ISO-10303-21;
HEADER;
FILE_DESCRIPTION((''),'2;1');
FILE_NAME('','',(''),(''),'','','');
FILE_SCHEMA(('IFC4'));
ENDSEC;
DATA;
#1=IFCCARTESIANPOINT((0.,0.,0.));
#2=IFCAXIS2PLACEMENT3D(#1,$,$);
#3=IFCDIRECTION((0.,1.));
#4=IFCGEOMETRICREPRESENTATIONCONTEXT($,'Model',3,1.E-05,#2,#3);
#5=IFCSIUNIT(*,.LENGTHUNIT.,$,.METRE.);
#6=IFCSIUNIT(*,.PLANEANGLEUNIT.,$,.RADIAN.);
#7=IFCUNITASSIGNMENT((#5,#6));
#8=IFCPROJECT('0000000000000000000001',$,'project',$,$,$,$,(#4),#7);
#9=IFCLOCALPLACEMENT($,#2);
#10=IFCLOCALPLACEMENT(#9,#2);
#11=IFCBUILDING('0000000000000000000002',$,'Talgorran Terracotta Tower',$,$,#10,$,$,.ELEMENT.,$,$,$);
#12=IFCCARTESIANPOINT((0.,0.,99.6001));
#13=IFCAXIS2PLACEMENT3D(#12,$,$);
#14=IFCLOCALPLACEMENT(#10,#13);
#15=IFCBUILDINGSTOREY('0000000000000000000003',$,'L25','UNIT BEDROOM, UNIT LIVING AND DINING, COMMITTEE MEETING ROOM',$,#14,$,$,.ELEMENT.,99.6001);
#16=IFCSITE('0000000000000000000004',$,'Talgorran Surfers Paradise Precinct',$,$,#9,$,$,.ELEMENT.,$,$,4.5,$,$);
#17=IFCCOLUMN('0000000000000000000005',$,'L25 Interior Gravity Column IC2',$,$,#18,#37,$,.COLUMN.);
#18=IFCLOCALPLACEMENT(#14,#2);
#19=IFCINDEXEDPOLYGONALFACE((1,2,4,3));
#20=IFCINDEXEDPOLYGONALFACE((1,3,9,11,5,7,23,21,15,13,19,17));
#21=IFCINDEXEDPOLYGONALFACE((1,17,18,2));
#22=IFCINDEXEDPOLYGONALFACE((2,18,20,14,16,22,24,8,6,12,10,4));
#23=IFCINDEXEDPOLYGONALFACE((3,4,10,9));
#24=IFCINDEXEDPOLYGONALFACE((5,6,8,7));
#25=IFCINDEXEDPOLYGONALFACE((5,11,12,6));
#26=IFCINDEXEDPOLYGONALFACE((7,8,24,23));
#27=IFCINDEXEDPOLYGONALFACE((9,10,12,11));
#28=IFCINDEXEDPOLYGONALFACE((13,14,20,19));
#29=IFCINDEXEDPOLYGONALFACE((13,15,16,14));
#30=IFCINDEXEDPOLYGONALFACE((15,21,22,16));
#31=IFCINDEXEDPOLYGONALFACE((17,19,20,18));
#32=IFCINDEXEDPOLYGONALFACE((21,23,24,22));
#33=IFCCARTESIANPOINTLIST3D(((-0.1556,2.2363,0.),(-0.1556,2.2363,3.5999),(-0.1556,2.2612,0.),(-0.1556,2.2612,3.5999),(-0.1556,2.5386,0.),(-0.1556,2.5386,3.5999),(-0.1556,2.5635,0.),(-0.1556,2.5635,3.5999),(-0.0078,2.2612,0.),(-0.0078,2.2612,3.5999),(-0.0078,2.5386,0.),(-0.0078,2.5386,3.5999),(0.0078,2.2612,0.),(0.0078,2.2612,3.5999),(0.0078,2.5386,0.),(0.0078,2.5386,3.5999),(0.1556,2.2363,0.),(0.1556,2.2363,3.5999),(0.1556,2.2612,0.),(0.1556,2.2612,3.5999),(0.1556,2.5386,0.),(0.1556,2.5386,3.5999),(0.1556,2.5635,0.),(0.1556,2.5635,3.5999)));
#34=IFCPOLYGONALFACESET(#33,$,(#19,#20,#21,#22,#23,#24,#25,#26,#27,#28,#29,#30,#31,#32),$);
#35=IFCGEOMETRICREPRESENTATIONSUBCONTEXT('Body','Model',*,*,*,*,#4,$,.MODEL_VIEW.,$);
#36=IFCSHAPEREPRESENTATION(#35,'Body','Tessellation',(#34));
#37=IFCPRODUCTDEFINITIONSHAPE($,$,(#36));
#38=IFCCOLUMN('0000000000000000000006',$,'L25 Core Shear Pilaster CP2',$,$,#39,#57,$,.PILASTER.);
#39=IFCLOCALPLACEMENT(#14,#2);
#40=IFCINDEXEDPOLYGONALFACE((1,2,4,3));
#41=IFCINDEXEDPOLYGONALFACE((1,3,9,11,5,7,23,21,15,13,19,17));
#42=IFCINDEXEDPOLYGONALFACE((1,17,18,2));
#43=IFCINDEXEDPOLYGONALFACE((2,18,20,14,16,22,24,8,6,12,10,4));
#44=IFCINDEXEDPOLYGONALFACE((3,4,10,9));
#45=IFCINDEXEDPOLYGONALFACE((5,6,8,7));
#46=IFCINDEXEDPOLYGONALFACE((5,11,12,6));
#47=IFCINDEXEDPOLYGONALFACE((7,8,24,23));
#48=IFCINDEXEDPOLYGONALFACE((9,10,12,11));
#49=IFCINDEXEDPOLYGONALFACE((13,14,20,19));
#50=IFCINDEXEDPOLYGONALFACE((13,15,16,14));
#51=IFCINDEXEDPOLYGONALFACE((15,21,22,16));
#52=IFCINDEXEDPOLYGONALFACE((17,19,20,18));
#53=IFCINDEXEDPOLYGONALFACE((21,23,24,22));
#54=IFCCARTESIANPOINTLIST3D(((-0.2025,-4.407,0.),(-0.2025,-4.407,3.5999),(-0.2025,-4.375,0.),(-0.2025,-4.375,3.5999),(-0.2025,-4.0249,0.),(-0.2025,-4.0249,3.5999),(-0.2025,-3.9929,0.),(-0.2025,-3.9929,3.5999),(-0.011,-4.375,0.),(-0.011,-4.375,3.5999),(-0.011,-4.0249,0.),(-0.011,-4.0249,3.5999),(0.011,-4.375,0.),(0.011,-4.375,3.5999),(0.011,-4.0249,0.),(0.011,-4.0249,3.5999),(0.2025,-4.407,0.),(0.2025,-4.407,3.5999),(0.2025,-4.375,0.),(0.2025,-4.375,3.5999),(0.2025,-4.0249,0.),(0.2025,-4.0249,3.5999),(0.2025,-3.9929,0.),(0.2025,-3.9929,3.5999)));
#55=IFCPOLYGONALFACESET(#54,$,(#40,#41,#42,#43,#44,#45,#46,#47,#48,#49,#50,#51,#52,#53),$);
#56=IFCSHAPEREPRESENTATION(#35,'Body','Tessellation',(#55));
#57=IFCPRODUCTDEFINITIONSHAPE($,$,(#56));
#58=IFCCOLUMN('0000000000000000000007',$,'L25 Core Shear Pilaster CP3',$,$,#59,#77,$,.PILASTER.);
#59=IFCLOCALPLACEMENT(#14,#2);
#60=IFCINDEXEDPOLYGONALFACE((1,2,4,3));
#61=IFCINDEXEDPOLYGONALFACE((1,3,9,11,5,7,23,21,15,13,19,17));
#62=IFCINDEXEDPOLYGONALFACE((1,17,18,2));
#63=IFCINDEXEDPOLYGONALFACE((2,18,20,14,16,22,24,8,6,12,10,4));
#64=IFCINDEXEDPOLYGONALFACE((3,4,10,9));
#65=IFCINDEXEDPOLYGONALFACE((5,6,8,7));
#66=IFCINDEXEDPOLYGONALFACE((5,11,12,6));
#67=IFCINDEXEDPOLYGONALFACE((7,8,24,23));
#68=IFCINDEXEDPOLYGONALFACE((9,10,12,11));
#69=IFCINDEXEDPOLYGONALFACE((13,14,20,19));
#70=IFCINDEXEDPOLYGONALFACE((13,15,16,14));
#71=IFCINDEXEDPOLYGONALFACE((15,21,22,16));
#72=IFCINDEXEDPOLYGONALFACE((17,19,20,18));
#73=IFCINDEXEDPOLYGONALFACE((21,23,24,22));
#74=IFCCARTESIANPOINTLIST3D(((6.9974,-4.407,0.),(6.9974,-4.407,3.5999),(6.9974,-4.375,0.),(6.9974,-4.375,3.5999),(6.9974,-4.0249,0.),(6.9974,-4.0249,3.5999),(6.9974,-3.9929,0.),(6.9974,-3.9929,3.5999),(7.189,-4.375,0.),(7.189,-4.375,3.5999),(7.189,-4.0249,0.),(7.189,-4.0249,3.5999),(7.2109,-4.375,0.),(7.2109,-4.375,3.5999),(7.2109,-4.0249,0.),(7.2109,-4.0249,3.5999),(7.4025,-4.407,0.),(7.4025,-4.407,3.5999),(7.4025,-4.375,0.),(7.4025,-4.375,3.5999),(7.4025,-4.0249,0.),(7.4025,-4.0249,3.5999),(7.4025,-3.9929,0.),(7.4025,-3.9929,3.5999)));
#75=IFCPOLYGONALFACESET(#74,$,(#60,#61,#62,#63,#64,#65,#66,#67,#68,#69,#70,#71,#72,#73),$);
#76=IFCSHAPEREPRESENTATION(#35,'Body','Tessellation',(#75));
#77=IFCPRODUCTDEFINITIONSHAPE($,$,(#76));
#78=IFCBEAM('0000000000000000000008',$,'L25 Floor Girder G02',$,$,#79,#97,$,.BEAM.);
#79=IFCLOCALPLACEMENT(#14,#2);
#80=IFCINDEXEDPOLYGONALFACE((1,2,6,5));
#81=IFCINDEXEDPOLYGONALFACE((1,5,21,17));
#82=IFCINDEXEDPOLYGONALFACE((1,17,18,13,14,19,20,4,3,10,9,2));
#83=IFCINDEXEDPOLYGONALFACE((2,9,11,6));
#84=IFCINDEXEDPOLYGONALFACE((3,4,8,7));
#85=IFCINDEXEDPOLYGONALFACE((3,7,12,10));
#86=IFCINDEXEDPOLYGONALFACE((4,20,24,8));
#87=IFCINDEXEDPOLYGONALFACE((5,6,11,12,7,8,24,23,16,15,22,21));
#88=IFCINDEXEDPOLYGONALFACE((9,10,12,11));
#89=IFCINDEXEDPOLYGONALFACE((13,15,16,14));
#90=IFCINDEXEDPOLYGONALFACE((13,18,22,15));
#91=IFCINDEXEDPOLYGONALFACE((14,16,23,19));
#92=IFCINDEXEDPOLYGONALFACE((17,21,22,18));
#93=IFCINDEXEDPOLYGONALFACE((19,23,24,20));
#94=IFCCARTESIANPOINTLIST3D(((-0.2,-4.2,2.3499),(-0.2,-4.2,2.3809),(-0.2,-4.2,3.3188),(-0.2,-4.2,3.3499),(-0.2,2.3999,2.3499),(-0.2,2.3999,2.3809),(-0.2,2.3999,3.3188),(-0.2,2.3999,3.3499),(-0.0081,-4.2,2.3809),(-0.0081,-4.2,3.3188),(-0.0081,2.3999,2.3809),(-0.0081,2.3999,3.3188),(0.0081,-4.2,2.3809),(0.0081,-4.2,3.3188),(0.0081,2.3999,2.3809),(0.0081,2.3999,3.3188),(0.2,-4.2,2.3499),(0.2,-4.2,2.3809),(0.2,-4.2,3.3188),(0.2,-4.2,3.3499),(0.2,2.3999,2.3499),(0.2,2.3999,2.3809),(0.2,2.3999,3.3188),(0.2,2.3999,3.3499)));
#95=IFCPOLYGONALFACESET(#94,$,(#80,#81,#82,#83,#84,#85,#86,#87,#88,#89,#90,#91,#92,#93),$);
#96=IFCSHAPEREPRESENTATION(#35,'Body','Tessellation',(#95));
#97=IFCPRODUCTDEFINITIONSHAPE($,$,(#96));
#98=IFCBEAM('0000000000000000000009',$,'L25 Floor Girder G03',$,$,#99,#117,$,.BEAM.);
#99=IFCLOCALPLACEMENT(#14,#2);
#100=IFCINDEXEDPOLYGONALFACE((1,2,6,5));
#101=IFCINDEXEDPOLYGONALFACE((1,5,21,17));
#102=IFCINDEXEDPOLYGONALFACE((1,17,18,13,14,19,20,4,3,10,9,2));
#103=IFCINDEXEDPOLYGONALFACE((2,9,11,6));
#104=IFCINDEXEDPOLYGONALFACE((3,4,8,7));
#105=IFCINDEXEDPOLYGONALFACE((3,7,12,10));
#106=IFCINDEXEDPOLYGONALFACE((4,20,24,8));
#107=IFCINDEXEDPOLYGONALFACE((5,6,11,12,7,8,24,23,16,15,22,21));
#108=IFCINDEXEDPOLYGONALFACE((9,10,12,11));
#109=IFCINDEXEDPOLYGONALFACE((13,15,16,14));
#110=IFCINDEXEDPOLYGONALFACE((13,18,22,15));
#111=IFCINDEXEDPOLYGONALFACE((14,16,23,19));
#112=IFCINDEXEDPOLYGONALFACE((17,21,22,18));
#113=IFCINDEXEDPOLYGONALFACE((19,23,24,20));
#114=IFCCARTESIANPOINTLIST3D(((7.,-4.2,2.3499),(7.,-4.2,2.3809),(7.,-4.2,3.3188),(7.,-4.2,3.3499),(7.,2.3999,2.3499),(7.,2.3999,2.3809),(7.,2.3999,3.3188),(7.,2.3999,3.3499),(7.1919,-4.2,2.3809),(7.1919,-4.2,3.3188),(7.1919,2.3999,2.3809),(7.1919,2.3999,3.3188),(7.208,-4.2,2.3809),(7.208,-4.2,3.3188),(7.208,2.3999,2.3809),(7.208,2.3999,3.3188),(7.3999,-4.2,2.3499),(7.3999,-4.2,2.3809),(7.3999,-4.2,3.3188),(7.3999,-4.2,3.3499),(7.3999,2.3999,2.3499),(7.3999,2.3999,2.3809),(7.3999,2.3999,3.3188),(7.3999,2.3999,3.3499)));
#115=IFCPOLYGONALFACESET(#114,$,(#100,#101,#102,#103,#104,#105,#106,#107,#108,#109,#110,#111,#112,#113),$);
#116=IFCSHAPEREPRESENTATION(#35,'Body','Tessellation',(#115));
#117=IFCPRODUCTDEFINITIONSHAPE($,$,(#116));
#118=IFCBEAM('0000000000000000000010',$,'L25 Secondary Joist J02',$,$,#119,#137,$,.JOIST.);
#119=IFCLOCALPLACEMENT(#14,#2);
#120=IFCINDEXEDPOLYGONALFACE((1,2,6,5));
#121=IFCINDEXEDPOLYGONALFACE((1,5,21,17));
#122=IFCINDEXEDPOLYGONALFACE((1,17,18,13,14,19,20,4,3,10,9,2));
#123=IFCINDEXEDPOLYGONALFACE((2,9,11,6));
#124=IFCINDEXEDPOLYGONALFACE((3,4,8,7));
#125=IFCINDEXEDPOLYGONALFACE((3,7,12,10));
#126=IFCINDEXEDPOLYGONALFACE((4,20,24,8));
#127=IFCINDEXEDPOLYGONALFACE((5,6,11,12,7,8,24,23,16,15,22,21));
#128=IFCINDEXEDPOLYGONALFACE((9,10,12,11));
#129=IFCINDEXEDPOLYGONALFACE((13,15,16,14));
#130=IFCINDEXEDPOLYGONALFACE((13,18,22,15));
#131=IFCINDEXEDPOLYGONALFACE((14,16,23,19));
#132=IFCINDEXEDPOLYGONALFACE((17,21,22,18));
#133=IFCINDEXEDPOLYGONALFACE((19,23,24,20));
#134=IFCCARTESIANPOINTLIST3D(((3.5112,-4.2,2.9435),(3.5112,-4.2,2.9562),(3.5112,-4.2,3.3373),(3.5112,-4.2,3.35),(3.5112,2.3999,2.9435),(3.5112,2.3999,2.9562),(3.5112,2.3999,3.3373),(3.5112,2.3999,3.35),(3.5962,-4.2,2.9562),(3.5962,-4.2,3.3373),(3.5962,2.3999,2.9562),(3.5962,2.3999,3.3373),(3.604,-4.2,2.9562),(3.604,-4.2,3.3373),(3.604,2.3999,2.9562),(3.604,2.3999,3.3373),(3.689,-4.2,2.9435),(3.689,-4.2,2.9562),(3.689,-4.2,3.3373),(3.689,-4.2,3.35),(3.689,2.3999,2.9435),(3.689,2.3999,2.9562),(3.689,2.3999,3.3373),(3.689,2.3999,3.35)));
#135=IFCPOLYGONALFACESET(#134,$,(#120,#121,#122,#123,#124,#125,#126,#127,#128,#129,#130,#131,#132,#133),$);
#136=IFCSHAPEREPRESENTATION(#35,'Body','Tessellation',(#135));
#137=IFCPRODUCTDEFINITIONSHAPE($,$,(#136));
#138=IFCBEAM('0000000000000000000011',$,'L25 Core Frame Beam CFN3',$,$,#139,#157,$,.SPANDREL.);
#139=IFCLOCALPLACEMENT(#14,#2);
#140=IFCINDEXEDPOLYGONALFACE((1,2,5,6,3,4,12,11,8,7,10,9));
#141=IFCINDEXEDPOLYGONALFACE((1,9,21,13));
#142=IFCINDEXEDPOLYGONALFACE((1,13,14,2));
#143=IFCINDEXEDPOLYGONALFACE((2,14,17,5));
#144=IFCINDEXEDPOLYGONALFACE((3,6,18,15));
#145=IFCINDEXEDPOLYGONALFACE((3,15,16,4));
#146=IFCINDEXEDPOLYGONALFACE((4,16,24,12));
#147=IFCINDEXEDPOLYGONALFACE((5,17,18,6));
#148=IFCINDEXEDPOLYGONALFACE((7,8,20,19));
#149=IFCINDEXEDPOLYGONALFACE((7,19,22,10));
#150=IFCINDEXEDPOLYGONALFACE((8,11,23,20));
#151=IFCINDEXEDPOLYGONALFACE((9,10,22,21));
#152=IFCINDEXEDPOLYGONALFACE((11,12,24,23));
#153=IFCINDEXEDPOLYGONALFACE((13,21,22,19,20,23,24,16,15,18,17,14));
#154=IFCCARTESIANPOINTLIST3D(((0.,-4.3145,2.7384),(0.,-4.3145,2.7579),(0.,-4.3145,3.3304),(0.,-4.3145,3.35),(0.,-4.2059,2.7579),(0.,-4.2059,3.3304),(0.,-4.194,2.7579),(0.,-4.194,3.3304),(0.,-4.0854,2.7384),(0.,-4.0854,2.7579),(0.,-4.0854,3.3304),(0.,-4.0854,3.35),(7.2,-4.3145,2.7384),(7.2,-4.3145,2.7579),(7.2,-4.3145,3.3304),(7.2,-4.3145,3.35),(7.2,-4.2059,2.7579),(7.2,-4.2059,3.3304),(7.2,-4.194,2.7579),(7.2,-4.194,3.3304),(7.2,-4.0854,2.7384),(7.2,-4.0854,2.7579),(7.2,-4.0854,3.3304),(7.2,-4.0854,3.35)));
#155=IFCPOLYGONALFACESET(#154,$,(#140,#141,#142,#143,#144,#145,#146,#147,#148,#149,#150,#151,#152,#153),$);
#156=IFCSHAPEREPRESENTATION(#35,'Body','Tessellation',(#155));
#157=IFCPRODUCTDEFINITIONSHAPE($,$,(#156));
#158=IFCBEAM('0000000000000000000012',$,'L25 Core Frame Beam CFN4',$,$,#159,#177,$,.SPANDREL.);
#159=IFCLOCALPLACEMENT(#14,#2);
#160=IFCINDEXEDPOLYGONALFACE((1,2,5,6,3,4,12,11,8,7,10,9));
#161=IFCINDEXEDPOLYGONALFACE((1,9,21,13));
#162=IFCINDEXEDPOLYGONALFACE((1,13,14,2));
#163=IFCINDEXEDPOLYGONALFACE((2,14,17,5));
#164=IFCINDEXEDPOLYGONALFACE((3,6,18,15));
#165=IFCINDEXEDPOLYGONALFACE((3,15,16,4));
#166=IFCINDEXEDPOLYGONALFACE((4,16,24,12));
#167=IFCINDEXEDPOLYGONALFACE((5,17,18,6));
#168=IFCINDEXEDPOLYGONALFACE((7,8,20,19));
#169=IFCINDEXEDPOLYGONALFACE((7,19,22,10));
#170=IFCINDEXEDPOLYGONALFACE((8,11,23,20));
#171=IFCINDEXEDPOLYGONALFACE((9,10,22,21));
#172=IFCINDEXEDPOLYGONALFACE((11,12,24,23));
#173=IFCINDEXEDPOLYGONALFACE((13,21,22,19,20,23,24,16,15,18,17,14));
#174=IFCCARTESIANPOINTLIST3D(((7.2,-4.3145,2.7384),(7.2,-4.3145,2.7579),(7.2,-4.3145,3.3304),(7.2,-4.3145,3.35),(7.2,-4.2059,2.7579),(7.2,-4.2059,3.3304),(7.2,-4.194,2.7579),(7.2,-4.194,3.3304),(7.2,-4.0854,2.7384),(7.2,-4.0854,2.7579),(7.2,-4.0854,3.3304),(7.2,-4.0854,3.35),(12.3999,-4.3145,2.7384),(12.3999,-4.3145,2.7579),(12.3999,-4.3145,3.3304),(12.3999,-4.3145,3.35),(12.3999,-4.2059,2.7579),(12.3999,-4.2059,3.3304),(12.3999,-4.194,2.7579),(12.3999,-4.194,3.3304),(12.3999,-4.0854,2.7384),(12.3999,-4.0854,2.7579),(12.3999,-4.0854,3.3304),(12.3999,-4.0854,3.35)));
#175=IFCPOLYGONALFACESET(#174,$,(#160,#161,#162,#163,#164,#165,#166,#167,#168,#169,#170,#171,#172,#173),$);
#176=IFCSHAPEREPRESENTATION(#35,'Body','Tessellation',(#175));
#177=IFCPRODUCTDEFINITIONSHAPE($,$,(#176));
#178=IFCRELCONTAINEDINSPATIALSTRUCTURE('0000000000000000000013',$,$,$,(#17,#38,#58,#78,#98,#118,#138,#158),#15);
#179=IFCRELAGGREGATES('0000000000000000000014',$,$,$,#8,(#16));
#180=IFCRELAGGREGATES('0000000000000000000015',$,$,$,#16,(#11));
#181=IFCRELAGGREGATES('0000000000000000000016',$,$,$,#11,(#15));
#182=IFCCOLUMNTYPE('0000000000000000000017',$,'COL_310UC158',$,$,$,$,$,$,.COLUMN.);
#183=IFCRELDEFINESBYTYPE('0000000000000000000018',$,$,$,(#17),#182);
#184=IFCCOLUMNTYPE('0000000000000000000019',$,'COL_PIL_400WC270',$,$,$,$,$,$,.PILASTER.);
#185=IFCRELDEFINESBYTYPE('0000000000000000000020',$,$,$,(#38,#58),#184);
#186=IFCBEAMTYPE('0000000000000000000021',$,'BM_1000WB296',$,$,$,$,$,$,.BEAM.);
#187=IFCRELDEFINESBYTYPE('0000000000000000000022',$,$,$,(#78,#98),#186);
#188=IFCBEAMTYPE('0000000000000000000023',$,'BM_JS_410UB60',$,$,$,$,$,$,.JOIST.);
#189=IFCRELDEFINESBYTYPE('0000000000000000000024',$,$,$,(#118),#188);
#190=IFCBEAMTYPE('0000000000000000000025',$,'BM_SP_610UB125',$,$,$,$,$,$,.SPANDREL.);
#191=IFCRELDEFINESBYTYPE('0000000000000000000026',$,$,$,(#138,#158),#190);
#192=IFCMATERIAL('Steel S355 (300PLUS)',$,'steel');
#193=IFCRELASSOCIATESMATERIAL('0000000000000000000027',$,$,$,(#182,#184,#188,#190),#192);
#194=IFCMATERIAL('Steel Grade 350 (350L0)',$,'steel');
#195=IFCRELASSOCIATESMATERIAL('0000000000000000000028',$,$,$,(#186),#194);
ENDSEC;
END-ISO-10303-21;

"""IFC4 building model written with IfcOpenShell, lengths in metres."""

from ifc_helpers import new_model, si_unit, direction, frame, origin, origin_2d, place, context, subcontext, project, spatial, i_section, extrude, material, material_profile, profile_set, type_object, element, save


model = new_model("IFC4")

# Units and contexts
model_context = context("Model", 3, precision=1e-05, world=origin(), true_north=direction((0.0, 1.0)))
body_context = subcontext(model_context, "Body", "Model", "MODEL_VIEW")
ifc_project = project(units=[si_unit("LENGTHUNIT", "METRE"), si_unit("PLANEANGLEUNIT", "RADIAN")], contexts=[model_context])

# Site, building, storey
site_placement = place(None, origin())
site = spatial("IfcSite", under=ifc_project, at=site_placement, Name="Talgorran Surfers Paradise Precinct", CompositionType="ELEMENT", RefElevation=4.5)
building_placement = place(site_placement, origin())
building = spatial("IfcBuilding", under=site, at=building_placement, Name="Talgorran Terracotta Tower", CompositionType="ELEMENT")
storey_placement = place(building_placement, frame((0.0, 0.0, 99.6001)))
storey = spatial("IfcBuildingStorey", under=building, at=storey_placement, Name="L25", Description="UNIT BEDROOM, UNIT LIVING AND DINING, COMMITTEE MEETING ROOM", CompositionType="ELEMENT", Elevation=99.6001)

# Columns
ifc_material_1 = material(Name="Steel S355 (300PLUS)", Category="steel")
ifc_material_profile_1 = material_profile(ifc_material_1, i_section(OverallWidth=0.3113, OverallDepth=0.3271, WebThickness=0.0156, FlangeThickness=0.0249, at=origin_2d()), Name="310UC158")
ifc_profile_set_1 = profile_set([ifc_material_profile_1], Name="Steel S355 (300PLUS)")
column_type_1 = type_object("IfcColumnType", Name="COL_310UC158", PredefinedType="COLUMN", material=ifc_profile_set_1)
column_placement = place(storey_placement, frame((0.0, 2.3999, 0.0), z_axis=(0.0, 0.0, 1.0), x_axis=(1.0, 0.0, 0.0)))
element("IfcColumn", 1, at=column_placement, inside=storey, type_object=column_type_1, Name="L25 Interior Gravity Column IC2", PredefinedType="COLUMN", context=body_context, shape_type="SweptSolid", body=[
    extrude(i_section(OverallWidth=0.3113, OverallDepth=0.3271, WebThickness=0.0156, FlangeThickness=0.0249, at=origin_2d()), origin(), (0.0, 0.0, 1.0), 3.5999),
])
ifc_material_profile_2 = material_profile(ifc_material_1, i_section(OverallWidth=0.405, OverallDepth=0.4141, WebThickness=0.022, FlangeThickness=0.032, at=origin_2d()), Name="400WC270")
ifc_profile_set_2 = profile_set([ifc_material_profile_2], Name="Steel S355 (300PLUS)")
column_type_2 = type_object("IfcColumnType", Name="COL_PIL_400WC270", PredefinedType="PILASTER", material=ifc_profile_set_2)
for number, where, z_axis, x_axis, name in (
    (2, (0.0, -4.2, 0.0), (0.0, 0.0, 1.0), (1.0, 0.0, 0.0), "L25 Core Shear Pilaster CP2"),
    (3, (7.2, -4.2, 0.0), (0.0, 0.0, 1.0), (1.0, 0.0, 0.0), "L25 Core Shear Pilaster CP3"),
):
    element("IfcColumn", number, at=place(storey_placement, frame(where, z_axis=z_axis, x_axis=x_axis)), inside=storey, type_object=column_type_2, Name=name, PredefinedType="PILASTER", context=body_context, shape_type="SweptSolid", body=[
        extrude(i_section(OverallWidth=0.405, OverallDepth=0.4141, WebThickness=0.022, FlangeThickness=0.032, at=origin_2d()), origin(), (0.0, 0.0, 1.0), 3.5999),
    ])

# Beams
ifc_material_2 = material(Name="Steel Grade 350 (350L0)", Category="steel")
ifc_material_profile_3 = material_profile(ifc_material_2, i_section(OverallWidth=0.3999, OverallDepth=1.0, WebThickness=0.0161, FlangeThickness=0.031, at=origin_2d()), Name="1000WB296")
ifc_profile_set_3 = profile_set([ifc_material_profile_3], Name="Steel Grade 350 (350L0)")
beam_type_1 = type_object("IfcBeamType", Name="BM_1000WB296", PredefinedType="BEAM", material=ifc_profile_set_3)
for number, where, z_axis, x_axis, name in (
    (4, (0.0, -4.2, 2.8499), (0.0, 1.0, 0.0), (-1.0, 0.0, 0.0), "L25 Floor Girder G02"),
    (5, (7.2, -4.2, 2.8499), (0.0, 1.0, 0.0), (-1.0, 0.0, 0.0), "L25 Floor Girder G03"),
):
    element("IfcBeam", number, at=place(storey_placement, frame(where, z_axis=z_axis, x_axis=x_axis)), inside=storey, type_object=beam_type_1, Name=name, PredefinedType="BEAM", context=body_context, shape_type="SweptSolid", body=[
        extrude(i_section(OverallWidth=0.3999, OverallDepth=1.0, WebThickness=0.0161, FlangeThickness=0.031, at=origin_2d()), origin(), (0.0, 0.0, 1.0), 6.5999),
    ])
ifc_material_profile_4 = material_profile(ifc_material_1, i_section(OverallWidth=0.1777, OverallDepth=0.4065, WebThickness=0.0078, FlangeThickness=0.0127, at=origin_2d()), Name="410UB59.7")
ifc_profile_set_4 = profile_set([ifc_material_profile_4], Name="Steel S355 (300PLUS)")
beam_type_2 = type_object("IfcBeamType", Name="BM_JS_410UB60", PredefinedType="JOIST", material=ifc_profile_set_4)
beam_1_placement = place(storey_placement, frame((3.6001, -4.2, 3.1467), z_axis=(0.0, 1.0, 0.0), x_axis=(-1.0, 0.0, 0.0)))
element("IfcBeam", 6, at=beam_1_placement, inside=storey, type_object=beam_type_2, Name="L25 Secondary Joist J02", PredefinedType="JOIST", context=body_context, shape_type="SweptSolid", body=[
    extrude(i_section(OverallWidth=0.1777, OverallDepth=0.4065, WebThickness=0.0078, FlangeThickness=0.0127, at=origin_2d()), origin(), (0.0, 0.0, 1.0), 6.5999),
])
ifc_material_profile_5 = material_profile(ifc_material_1, i_section(OverallWidth=0.229, OverallDepth=0.6116, WebThickness=0.012, FlangeThickness=0.0195, at=origin_2d()), Name="610UB125")
ifc_profile_set_5 = profile_set([ifc_material_profile_5], Name="Steel S355 (300PLUS)")
beam_type_3 = type_object("IfcBeamType", Name="BM_SP_610UB125", PredefinedType="SPANDREL", material=ifc_profile_set_5)
beam_2_placement = place(storey_placement, frame((0.0, -4.2, 3.0442), z_axis=(1.0, 0.0, 0.0), x_axis=(0.0, 1.0, 0.0)))
element("IfcBeam", 7, at=beam_2_placement, inside=storey, type_object=beam_type_3, Name="L25 Core Frame Beam CFN3", PredefinedType="SPANDREL", context=body_context, shape_type="SweptSolid", body=[
    extrude(i_section(OverallWidth=0.229, OverallDepth=0.6116, WebThickness=0.012, FlangeThickness=0.0195, at=origin_2d()), origin(), (0.0, 0.0, 1.0), 7.2),
])
beam_3_placement = place(storey_placement, frame((7.2, -4.2, 3.0442), z_axis=(1.0, 0.0, 0.0), x_axis=(0.0, 1.0, 0.0)))
element("IfcBeam", 8, at=beam_3_placement, inside=storey, type_object=beam_type_3, Name="L25 Core Frame Beam CFN4", PredefinedType="SPANDREL", context=body_context, shape_type="SweptSolid", body=[
    extrude(i_section(OverallWidth=0.229, OverallDepth=0.6116, WebThickness=0.012, FlangeThickness=0.0195, at=origin_2d()), origin(), (0.0, 0.0, 1.0), 5.2),
])

save(model, "model.ifc")
